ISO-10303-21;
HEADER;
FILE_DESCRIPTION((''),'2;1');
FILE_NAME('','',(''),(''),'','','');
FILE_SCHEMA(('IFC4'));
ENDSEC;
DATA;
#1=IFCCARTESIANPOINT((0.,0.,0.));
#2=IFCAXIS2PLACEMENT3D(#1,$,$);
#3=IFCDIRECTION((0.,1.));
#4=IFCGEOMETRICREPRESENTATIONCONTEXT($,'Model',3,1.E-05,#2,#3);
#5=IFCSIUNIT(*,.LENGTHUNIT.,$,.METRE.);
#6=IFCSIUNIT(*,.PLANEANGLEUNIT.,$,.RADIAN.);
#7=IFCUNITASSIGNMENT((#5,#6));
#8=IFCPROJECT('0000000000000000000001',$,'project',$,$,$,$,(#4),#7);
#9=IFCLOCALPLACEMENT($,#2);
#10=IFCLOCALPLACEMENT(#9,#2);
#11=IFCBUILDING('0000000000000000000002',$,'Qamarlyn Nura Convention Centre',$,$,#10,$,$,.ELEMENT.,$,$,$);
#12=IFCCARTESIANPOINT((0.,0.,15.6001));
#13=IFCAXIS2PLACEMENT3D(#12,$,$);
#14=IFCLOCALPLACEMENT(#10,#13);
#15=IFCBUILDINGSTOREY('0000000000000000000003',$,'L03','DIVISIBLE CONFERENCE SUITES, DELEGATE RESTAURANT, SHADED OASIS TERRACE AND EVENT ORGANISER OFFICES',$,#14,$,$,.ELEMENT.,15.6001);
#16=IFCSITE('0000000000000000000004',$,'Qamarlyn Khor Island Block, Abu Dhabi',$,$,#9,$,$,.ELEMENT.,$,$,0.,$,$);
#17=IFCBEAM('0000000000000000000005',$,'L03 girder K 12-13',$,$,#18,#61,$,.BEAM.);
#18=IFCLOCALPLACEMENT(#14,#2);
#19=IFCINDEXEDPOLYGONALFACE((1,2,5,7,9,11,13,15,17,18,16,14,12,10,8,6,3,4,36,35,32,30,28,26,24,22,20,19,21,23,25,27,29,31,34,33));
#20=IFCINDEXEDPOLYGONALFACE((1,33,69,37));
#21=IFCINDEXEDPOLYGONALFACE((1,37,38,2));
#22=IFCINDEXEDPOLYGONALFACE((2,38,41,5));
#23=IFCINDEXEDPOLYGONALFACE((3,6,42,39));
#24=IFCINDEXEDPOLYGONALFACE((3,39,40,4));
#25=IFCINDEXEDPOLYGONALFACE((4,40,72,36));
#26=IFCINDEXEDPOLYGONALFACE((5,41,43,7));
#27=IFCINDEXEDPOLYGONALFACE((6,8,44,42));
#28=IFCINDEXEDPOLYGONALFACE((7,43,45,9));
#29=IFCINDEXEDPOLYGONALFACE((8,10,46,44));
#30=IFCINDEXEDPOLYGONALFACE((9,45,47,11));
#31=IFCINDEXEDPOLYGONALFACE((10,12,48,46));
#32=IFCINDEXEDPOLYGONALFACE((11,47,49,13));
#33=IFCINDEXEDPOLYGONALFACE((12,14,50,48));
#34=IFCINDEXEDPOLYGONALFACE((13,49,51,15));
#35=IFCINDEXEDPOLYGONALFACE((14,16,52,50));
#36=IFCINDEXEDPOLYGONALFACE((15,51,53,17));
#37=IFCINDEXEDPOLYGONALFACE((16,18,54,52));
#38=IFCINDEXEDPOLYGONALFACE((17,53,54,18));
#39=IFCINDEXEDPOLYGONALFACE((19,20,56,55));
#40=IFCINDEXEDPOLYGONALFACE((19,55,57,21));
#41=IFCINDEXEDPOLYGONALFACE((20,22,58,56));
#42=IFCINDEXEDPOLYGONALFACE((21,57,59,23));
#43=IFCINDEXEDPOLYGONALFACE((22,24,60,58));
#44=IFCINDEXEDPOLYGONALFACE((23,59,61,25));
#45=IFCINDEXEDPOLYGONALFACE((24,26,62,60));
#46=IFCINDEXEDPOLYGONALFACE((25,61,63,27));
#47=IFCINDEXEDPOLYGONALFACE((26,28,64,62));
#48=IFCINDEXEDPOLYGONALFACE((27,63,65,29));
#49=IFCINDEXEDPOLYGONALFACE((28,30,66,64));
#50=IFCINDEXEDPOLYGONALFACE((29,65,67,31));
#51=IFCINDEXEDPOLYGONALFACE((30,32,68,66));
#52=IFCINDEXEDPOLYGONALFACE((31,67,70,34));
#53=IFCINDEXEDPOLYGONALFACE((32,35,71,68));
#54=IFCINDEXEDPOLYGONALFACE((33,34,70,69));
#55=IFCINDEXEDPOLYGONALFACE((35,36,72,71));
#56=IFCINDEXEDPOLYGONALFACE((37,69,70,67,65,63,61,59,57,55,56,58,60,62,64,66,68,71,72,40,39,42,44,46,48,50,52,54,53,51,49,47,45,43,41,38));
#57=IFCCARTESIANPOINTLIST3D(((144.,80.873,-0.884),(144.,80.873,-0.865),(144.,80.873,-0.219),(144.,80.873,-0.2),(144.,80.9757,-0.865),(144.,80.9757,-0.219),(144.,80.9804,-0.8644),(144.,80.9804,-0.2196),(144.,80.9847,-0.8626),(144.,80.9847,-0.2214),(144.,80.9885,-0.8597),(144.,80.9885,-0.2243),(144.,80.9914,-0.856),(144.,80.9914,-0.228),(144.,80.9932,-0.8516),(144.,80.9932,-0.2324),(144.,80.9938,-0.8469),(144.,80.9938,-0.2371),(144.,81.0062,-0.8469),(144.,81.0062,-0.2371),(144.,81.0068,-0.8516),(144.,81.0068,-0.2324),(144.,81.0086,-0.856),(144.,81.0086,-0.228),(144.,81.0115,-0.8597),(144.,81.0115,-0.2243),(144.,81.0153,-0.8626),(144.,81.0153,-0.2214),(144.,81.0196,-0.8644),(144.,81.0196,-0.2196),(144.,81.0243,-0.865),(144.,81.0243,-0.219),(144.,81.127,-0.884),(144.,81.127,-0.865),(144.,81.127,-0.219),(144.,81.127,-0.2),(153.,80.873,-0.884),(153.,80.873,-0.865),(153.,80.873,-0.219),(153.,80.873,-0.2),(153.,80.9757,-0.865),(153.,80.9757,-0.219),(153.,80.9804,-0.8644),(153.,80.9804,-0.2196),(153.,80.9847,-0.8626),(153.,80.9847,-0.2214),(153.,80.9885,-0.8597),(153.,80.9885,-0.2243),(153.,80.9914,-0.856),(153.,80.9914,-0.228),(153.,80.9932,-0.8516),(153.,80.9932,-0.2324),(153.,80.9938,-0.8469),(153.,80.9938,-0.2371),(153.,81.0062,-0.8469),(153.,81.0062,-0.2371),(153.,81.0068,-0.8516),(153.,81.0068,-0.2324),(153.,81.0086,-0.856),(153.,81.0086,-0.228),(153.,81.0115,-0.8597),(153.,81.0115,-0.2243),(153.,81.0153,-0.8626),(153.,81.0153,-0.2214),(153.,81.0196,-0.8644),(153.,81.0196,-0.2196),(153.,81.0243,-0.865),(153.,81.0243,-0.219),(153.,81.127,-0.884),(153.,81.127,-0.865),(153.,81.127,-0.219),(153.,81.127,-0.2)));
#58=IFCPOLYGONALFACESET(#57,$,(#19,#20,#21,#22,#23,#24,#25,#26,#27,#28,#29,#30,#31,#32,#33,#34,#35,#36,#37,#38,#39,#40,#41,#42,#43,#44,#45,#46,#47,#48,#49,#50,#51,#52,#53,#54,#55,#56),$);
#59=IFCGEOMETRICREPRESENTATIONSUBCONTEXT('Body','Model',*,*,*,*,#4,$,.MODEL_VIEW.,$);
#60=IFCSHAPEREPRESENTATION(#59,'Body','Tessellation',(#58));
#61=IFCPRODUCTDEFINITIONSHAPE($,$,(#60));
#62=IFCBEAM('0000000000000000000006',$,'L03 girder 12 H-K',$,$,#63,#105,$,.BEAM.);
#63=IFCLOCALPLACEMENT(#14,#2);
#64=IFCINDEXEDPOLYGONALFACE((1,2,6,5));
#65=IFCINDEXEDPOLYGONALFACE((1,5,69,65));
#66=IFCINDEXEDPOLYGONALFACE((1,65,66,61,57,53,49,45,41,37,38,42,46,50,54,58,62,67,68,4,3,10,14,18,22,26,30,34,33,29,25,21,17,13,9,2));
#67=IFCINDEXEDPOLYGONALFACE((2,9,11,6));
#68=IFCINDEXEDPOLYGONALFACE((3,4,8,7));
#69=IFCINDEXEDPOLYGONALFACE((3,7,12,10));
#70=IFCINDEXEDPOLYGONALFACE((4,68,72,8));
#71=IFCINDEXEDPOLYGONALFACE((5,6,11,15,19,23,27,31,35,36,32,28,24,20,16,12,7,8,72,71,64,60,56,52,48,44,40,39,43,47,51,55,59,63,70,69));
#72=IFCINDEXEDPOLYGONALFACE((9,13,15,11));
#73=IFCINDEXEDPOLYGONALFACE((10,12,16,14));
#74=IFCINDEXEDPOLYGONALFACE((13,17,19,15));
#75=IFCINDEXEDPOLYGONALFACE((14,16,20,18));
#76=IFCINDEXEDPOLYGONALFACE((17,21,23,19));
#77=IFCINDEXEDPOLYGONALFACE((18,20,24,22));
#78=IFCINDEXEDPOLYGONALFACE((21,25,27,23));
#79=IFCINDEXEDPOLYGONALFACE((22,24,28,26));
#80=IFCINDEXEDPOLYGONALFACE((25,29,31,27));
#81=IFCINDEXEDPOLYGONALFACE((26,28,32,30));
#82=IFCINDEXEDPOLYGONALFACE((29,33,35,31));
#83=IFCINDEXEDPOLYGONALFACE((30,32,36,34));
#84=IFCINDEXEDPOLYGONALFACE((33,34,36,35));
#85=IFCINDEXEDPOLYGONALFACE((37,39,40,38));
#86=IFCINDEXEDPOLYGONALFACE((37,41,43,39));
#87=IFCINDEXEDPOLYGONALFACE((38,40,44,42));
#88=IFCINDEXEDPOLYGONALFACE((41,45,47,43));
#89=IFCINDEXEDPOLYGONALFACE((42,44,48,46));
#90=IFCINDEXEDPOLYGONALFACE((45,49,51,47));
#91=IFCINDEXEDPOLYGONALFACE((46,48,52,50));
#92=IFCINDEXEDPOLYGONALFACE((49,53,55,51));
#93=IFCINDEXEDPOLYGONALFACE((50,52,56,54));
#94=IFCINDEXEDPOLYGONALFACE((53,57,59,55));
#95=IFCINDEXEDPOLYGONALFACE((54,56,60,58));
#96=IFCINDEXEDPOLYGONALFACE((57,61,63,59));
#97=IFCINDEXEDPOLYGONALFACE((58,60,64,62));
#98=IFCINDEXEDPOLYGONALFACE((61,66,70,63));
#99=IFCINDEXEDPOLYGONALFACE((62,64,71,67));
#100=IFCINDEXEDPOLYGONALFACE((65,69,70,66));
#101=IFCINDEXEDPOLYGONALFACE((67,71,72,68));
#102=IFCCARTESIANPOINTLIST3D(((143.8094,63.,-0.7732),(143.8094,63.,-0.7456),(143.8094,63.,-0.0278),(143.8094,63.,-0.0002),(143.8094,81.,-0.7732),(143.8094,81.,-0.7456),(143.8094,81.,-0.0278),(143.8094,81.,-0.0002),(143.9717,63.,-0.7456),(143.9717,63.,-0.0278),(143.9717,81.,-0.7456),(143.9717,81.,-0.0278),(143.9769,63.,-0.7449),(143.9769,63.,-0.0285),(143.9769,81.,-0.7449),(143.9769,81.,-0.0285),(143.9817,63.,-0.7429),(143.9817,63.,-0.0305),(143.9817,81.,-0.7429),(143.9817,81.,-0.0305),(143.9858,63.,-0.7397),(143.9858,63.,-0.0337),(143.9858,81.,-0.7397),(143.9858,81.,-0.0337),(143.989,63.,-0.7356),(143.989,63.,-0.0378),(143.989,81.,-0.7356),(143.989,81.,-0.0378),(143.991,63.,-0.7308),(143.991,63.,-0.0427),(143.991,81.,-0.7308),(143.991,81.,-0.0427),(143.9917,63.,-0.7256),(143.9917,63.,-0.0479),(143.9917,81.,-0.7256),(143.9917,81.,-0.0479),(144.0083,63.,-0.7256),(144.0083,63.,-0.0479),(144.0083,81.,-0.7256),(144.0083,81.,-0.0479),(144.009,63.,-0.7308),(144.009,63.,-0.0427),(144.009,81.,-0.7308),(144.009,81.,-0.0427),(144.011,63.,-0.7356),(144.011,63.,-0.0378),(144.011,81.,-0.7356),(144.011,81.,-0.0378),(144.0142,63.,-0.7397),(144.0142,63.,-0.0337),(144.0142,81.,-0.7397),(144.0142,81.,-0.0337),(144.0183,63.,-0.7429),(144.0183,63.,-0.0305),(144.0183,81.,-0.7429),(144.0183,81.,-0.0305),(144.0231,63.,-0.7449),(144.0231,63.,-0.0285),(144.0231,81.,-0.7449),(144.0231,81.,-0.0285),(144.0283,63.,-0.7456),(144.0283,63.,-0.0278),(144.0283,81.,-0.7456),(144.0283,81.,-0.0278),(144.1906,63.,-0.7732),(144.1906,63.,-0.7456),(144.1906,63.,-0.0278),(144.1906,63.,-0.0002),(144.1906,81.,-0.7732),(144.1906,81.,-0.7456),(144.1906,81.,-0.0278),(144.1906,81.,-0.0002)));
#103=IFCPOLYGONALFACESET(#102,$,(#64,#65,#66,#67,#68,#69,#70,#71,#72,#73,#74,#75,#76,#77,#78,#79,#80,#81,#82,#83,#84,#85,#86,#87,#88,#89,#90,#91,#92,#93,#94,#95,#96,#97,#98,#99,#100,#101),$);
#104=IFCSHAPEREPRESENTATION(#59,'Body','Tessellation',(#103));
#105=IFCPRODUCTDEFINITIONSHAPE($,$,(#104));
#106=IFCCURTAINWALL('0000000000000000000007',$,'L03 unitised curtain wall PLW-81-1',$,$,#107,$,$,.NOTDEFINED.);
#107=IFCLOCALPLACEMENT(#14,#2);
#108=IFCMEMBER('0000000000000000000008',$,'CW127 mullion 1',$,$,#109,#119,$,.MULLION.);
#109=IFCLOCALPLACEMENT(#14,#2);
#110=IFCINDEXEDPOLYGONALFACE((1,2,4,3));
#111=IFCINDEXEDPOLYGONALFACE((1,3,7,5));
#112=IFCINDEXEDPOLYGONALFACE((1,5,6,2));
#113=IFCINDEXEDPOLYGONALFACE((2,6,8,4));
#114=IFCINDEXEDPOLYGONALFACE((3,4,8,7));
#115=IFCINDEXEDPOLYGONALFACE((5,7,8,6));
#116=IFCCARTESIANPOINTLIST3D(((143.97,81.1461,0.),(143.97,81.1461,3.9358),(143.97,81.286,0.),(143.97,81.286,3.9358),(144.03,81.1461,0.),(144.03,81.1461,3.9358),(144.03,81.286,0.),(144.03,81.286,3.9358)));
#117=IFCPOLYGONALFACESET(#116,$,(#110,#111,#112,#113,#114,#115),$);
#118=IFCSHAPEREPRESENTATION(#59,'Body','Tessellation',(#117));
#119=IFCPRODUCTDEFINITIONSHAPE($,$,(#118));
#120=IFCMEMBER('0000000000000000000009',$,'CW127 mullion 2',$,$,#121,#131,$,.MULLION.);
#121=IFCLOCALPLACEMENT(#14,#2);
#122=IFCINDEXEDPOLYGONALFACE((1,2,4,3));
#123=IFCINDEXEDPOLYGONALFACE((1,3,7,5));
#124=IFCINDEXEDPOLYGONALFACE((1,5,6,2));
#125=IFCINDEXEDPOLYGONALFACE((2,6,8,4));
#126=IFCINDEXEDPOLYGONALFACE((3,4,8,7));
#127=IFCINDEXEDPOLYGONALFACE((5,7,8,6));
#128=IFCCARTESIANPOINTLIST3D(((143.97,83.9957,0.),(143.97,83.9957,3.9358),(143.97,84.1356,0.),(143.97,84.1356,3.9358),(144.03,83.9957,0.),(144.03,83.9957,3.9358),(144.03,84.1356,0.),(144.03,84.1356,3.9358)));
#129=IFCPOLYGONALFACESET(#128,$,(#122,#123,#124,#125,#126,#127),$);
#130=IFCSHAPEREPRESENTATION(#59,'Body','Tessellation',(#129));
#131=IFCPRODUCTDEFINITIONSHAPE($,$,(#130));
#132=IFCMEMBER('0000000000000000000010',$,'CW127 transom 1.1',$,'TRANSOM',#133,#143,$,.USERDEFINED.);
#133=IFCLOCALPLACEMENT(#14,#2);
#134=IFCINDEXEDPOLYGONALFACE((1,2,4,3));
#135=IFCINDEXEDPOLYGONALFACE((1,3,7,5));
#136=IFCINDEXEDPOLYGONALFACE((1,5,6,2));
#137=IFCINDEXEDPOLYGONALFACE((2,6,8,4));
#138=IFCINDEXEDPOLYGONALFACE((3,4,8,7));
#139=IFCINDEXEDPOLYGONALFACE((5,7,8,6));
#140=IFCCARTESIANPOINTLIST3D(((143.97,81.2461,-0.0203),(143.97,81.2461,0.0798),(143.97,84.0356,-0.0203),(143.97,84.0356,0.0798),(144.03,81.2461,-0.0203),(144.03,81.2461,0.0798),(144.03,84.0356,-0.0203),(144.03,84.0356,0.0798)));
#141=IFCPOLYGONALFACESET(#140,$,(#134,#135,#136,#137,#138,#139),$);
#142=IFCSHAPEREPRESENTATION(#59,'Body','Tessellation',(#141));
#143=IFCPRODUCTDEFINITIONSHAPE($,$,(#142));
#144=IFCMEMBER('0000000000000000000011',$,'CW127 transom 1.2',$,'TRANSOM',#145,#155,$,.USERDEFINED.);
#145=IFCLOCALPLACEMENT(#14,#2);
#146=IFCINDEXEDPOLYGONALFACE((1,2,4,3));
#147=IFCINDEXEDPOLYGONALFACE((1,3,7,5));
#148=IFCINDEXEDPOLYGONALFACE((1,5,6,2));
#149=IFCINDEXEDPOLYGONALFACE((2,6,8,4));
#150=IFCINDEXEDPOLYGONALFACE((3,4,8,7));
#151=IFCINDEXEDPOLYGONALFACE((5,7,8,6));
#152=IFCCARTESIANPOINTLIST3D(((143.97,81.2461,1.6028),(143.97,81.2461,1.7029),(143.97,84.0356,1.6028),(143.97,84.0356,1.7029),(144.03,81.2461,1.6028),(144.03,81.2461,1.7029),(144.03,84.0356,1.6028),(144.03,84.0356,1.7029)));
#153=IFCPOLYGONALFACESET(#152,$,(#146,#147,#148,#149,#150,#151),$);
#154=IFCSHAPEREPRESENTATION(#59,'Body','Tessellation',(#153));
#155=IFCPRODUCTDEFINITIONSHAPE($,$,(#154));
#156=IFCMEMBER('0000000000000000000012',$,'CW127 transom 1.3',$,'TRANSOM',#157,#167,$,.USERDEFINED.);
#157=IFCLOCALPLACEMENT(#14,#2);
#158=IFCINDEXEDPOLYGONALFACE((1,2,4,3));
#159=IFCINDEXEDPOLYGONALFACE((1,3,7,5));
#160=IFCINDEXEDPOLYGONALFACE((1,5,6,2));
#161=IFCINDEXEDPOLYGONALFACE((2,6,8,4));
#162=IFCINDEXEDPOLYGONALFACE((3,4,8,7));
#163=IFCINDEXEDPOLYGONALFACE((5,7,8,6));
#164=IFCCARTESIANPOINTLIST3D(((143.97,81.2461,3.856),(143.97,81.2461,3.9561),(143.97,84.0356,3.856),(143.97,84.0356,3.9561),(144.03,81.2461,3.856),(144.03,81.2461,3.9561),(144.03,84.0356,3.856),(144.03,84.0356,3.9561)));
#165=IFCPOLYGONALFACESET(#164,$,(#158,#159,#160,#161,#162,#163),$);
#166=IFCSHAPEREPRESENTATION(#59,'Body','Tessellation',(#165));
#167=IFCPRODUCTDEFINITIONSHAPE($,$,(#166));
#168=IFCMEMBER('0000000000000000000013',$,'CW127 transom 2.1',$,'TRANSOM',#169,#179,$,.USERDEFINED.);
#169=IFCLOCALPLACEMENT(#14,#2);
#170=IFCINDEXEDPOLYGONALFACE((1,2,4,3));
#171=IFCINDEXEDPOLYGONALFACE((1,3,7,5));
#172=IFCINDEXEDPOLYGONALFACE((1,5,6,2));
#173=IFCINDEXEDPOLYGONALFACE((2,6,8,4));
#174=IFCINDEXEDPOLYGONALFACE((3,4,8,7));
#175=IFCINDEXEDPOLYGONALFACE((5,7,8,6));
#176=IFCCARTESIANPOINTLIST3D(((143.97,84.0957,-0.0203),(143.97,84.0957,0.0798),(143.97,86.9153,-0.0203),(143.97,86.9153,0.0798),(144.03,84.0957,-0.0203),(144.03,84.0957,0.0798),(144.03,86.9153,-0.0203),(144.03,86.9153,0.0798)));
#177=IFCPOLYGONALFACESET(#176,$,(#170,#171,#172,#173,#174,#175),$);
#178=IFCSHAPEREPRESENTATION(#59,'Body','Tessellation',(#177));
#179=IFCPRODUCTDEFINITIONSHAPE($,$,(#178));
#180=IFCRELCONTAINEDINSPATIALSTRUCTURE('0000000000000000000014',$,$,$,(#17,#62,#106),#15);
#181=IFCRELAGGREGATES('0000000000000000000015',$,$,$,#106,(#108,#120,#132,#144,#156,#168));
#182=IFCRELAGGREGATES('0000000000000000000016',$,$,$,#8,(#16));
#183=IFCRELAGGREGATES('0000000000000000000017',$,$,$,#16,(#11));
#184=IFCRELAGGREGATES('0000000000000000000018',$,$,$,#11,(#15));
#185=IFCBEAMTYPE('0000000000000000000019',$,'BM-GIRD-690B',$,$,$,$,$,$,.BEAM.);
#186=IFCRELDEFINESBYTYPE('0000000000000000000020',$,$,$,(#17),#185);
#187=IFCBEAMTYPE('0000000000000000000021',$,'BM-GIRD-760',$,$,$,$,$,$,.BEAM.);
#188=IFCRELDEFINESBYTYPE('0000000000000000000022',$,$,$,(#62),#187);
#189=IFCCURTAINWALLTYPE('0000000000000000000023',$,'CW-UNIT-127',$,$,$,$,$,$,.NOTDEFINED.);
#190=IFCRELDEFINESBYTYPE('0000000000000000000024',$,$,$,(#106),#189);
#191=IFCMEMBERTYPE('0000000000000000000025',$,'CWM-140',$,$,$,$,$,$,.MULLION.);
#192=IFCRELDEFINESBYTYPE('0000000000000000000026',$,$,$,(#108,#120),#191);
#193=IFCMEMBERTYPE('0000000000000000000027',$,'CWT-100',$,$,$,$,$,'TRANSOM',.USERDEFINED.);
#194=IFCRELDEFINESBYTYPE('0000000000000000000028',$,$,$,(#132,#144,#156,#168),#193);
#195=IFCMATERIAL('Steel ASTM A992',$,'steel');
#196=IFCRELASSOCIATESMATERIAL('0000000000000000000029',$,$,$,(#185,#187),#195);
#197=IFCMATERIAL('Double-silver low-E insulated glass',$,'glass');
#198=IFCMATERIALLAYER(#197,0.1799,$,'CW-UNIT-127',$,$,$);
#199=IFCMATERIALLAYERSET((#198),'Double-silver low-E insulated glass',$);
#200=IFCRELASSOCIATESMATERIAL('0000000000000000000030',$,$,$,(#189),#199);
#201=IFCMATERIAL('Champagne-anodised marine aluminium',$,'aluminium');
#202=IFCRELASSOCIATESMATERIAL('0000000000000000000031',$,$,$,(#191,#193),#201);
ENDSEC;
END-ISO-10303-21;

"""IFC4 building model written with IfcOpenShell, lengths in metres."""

from ifc_helpers import new_model, si_unit, direction, frame, origin, origin_2d, place, context, subcontext, project, spatial, rectangle, i_section, extrude, material, layer, layer_set, material_profile, profile_set, type_object, element, aggregate, save


model = new_model("IFC4")

# Units and contexts
model_context = context("Model", 3, precision=1e-05, world=origin(), true_north=direction((0.0, 1.0)))
body_context = subcontext(model_context, "Body", "Model", "MODEL_VIEW")
ifc_project = project(units=[si_unit("LENGTHUNIT", "METRE"), si_unit("PLANEANGLEUNIT", "RADIAN")], contexts=[model_context])

# Site, building, storey
site_placement = place(None, origin())
site = spatial("IfcSite", under=ifc_project, at=site_placement, Name="Qamarlyn Khor Island Block, Abu Dhabi", CompositionType="ELEMENT", RefElevation=0.0)
building_placement = place(site_placement, origin())
building = spatial("IfcBuilding", under=site, at=building_placement, Name="Qamarlyn Nura Convention Centre", CompositionType="ELEMENT")
storey_placement = place(building_placement, frame((0.0, 0.0, 15.6001)))
storey = spatial("IfcBuildingStorey", under=building, at=storey_placement, Name="L03", Description="DIVISIBLE CONFERENCE SUITES, DELEGATE RESTAURANT, SHADED OASIS TERRACE AND EVENT ORGANISER OFFICES", CompositionType="ELEMENT", Elevation=15.6001)

# Shared definitions
ifc_material_1 = material(Name="Steel ASTM A992", Category="steel")

# Beams
ifc_material_profile_1 = material_profile(ifc_material_1, i_section(OverallWidth=0.2539, OverallDepth=0.6841, WebThickness=0.0125, FlangeThickness=0.019, FilletRadius=0.0181, at=origin_2d()), Name="W690X140")
ifc_profile_set_1 = profile_set([ifc_material_profile_1], Name="Steel ASTM A992")
beam_type_1 = type_object("IfcBeamType", Name="BM-GIRD-690B", PredefinedType="BEAM", material=ifc_profile_set_1)
for number, where, z_axis, x_axis, name in (
    (1, (144.0, 81.0, -0.542), (1.0, 0.0, 0.0), (0.0, 1.0, 0.0), "L03 girder K 12-13"),
):
    element("IfcBeam", number, at=place(storey_placement, frame(where, z_axis=z_axis, x_axis=x_axis)), inside=storey, type_object=beam_type_1, Name=name, PredefinedType="BEAM", context=body_context, shape_type="SweptSolid", body=[
        extrude(i_section(OverallWidth=0.2539, OverallDepth=0.6841, WebThickness=0.0125, FlangeThickness=0.019, FilletRadius=0.0181, at=origin_2d()), origin(), (0.0, 0.0, 1.0), 9.0),
    ])
ifc_material_profile_2 = material_profile(ifc_material_1, i_section(OverallWidth=0.3811, OverallDepth=0.7729, WebThickness=0.0166, FlangeThickness=0.0276, FilletRadius=0.02, at=origin_2d()), Name="W760X257")
ifc_profile_set_2 = profile_set([ifc_material_profile_2], Name="Steel ASTM A992")
beam_type_2 = type_object("IfcBeamType", Name="BM-GIRD-760", PredefinedType="BEAM", material=ifc_profile_set_2)
beam_placement = place(storey_placement, frame((144.0, 63.0, -0.3867), z_axis=(0.0, 1.0, 0.0), x_axis=(-1.0, 0.0, 0.0)))
element("IfcBeam", 2, at=beam_placement, inside=storey, type_object=beam_type_2, Name="L03 girder 12 H-K", PredefinedType="BEAM", context=body_context, shape_type="SweptSolid", body=[
    extrude(i_section(OverallWidth=0.3811, OverallDepth=0.7729, WebThickness=0.0166, FlangeThickness=0.0276, FilletRadius=0.02, at=origin_2d()), origin(), (0.0, 0.0, 1.0), 18.0),
])

# Curtain wall, members
ifc_material_2 = material(Name="Double-silver low-E insulated glass", Category="glass")
ifc_layer_1 = layer(ifc_material_2, 0.1799, Name="CW-UNIT-127")
ifc_layer_set_1 = layer_set([ifc_layer_1], Name="Double-silver low-E insulated glass")
curtain_wall_type = type_object("IfcCurtainWallType", Name="CW-UNIT-127", PredefinedType="NOTDEFINED", material=ifc_layer_set_1)
curtain_wall_placement = place(storey_placement, origin())
curtain_wall = element("IfcCurtainWall", 3, at=curtain_wall_placement, inside=storey, type_object=curtain_wall_type, Name="L03 unitised curtain wall PLW-81-1", PredefinedType="NOTDEFINED")
ifc_material_3 = material(Name="Champagne-anodised marine aluminium", Category="aluminium")
ifc_material_profile_3 = material_profile(ifc_material_3, rectangle(XDim=0.0601, YDim=0.1399, at=origin_2d()), Name="ALU MULLION 60x140")
ifc_profile_set_3 = profile_set([ifc_material_profile_3], Name="Champagne-anodised marine aluminium")
member_type_1 = type_object("IfcMemberType", Name="CWM-140", PredefinedType="MULLION", material=ifc_profile_set_3)
member_1_placement = place(storey_placement, frame((144.0, 81.2161, 0.0), z_axis=(0.0, 0.0, 1.0), x_axis=(-1.0, 0.0, 0.0)))
member_1 = element("IfcMember", 4, at=member_1_placement, type_object=member_type_1, Name="CW127 mullion 1", PredefinedType="MULLION", context=body_context, shape_type="SweptSolid", body=[
    extrude(rectangle(XDim=0.0601, YDim=0.1399, at=origin_2d()), origin(), (0.0, 0.0, 1.0), 3.9358),
])
member_2_placement = place(storey_placement, frame((144.0, 84.0657, 0.0), z_axis=(0.0, 0.0, 1.0), x_axis=(-1.0, 0.0, 0.0)))
member_2 = element("IfcMember", 5, at=member_2_placement, type_object=member_type_1, Name="CW127 mullion 2", PredefinedType="MULLION", context=body_context, shape_type="SweptSolid", body=[
    extrude(rectangle(XDim=0.0601, YDim=0.1399, at=origin_2d()), origin(), (0.0, 0.0, 1.0), 3.9358),
])
ifc_material_profile_4 = material_profile(ifc_material_3, rectangle(XDim=0.0601, YDim=0.1001, at=origin_2d()), Name="ALU TRANSOM 60x100")
ifc_profile_set_4 = profile_set([ifc_material_profile_4], Name="Champagne-anodised marine aluminium")
member_type_2 = type_object("IfcMemberType", Name="CWT-100", ElementType="TRANSOM", PredefinedType="USERDEFINED", material=ifc_profile_set_4)
member_3_placement = place(storey_placement, frame((144.0, 81.2461, 0.0298), z_axis=(0.0, 1.0, 0.0), x_axis=(-1.0, 0.0, 0.0)))
member_3 = element("IfcMember", 6, at=member_3_placement, type_object=member_type_2, Name="CW127 transom 1.1", ObjectType="TRANSOM", PredefinedType="USERDEFINED", context=body_context, shape_type="SweptSolid", body=[
    extrude(rectangle(XDim=0.0601, YDim=0.1001, at=origin_2d()), origin(), (0.0, 0.0, 1.0), 2.7896),
])
member_4_placement = place(storey_placement, frame((144.0, 81.2461, 1.6528), z_axis=(0.0, 1.0, 0.0), x_axis=(-1.0, 0.0, 0.0)))
member_4 = element("IfcMember", 7, at=member_4_placement, type_object=member_type_2, Name="CW127 transom 1.2", ObjectType="TRANSOM", PredefinedType="USERDEFINED", context=body_context, shape_type="SweptSolid", body=[
    extrude(rectangle(XDim=0.0601, YDim=0.1001, at=origin_2d()), origin(), (0.0, 0.0, 1.0), 2.7896),
])
member_5_placement = place(storey_placement, frame((144.0, 81.2461, 3.906), z_axis=(0.0, 1.0, 0.0), x_axis=(-1.0, 0.0, 0.0)))
member_5 = element("IfcMember", 8, at=member_5_placement, type_object=member_type_2, Name="CW127 transom 1.3", ObjectType="TRANSOM", PredefinedType="USERDEFINED", context=body_context, shape_type="SweptSolid", body=[
    extrude(rectangle(XDim=0.0601, YDim=0.1001, at=origin_2d()), origin(), (0.0, 0.0, 1.0), 2.7896),
])
member_6_placement = place(storey_placement, frame((144.0, 84.0957, 0.0298), z_axis=(0.0, 1.0, 0.0), x_axis=(-1.0, 0.0, 0.0)))
member_6 = element("IfcMember", 9, at=member_6_placement, type_object=member_type_2, Name="CW127 transom 2.1", ObjectType="TRANSOM", PredefinedType="USERDEFINED", context=body_context, shape_type="SweptSolid", body=[
    extrude(rectangle(XDim=0.0601, YDim=0.1001, at=origin_2d()), origin(), (0.0, 0.0, 1.0), 2.8196),
])

aggregate(curtain_wall, [member_1, member_2, member_3, member_4, member_5, member_6])

save(model, "model.ifc")
